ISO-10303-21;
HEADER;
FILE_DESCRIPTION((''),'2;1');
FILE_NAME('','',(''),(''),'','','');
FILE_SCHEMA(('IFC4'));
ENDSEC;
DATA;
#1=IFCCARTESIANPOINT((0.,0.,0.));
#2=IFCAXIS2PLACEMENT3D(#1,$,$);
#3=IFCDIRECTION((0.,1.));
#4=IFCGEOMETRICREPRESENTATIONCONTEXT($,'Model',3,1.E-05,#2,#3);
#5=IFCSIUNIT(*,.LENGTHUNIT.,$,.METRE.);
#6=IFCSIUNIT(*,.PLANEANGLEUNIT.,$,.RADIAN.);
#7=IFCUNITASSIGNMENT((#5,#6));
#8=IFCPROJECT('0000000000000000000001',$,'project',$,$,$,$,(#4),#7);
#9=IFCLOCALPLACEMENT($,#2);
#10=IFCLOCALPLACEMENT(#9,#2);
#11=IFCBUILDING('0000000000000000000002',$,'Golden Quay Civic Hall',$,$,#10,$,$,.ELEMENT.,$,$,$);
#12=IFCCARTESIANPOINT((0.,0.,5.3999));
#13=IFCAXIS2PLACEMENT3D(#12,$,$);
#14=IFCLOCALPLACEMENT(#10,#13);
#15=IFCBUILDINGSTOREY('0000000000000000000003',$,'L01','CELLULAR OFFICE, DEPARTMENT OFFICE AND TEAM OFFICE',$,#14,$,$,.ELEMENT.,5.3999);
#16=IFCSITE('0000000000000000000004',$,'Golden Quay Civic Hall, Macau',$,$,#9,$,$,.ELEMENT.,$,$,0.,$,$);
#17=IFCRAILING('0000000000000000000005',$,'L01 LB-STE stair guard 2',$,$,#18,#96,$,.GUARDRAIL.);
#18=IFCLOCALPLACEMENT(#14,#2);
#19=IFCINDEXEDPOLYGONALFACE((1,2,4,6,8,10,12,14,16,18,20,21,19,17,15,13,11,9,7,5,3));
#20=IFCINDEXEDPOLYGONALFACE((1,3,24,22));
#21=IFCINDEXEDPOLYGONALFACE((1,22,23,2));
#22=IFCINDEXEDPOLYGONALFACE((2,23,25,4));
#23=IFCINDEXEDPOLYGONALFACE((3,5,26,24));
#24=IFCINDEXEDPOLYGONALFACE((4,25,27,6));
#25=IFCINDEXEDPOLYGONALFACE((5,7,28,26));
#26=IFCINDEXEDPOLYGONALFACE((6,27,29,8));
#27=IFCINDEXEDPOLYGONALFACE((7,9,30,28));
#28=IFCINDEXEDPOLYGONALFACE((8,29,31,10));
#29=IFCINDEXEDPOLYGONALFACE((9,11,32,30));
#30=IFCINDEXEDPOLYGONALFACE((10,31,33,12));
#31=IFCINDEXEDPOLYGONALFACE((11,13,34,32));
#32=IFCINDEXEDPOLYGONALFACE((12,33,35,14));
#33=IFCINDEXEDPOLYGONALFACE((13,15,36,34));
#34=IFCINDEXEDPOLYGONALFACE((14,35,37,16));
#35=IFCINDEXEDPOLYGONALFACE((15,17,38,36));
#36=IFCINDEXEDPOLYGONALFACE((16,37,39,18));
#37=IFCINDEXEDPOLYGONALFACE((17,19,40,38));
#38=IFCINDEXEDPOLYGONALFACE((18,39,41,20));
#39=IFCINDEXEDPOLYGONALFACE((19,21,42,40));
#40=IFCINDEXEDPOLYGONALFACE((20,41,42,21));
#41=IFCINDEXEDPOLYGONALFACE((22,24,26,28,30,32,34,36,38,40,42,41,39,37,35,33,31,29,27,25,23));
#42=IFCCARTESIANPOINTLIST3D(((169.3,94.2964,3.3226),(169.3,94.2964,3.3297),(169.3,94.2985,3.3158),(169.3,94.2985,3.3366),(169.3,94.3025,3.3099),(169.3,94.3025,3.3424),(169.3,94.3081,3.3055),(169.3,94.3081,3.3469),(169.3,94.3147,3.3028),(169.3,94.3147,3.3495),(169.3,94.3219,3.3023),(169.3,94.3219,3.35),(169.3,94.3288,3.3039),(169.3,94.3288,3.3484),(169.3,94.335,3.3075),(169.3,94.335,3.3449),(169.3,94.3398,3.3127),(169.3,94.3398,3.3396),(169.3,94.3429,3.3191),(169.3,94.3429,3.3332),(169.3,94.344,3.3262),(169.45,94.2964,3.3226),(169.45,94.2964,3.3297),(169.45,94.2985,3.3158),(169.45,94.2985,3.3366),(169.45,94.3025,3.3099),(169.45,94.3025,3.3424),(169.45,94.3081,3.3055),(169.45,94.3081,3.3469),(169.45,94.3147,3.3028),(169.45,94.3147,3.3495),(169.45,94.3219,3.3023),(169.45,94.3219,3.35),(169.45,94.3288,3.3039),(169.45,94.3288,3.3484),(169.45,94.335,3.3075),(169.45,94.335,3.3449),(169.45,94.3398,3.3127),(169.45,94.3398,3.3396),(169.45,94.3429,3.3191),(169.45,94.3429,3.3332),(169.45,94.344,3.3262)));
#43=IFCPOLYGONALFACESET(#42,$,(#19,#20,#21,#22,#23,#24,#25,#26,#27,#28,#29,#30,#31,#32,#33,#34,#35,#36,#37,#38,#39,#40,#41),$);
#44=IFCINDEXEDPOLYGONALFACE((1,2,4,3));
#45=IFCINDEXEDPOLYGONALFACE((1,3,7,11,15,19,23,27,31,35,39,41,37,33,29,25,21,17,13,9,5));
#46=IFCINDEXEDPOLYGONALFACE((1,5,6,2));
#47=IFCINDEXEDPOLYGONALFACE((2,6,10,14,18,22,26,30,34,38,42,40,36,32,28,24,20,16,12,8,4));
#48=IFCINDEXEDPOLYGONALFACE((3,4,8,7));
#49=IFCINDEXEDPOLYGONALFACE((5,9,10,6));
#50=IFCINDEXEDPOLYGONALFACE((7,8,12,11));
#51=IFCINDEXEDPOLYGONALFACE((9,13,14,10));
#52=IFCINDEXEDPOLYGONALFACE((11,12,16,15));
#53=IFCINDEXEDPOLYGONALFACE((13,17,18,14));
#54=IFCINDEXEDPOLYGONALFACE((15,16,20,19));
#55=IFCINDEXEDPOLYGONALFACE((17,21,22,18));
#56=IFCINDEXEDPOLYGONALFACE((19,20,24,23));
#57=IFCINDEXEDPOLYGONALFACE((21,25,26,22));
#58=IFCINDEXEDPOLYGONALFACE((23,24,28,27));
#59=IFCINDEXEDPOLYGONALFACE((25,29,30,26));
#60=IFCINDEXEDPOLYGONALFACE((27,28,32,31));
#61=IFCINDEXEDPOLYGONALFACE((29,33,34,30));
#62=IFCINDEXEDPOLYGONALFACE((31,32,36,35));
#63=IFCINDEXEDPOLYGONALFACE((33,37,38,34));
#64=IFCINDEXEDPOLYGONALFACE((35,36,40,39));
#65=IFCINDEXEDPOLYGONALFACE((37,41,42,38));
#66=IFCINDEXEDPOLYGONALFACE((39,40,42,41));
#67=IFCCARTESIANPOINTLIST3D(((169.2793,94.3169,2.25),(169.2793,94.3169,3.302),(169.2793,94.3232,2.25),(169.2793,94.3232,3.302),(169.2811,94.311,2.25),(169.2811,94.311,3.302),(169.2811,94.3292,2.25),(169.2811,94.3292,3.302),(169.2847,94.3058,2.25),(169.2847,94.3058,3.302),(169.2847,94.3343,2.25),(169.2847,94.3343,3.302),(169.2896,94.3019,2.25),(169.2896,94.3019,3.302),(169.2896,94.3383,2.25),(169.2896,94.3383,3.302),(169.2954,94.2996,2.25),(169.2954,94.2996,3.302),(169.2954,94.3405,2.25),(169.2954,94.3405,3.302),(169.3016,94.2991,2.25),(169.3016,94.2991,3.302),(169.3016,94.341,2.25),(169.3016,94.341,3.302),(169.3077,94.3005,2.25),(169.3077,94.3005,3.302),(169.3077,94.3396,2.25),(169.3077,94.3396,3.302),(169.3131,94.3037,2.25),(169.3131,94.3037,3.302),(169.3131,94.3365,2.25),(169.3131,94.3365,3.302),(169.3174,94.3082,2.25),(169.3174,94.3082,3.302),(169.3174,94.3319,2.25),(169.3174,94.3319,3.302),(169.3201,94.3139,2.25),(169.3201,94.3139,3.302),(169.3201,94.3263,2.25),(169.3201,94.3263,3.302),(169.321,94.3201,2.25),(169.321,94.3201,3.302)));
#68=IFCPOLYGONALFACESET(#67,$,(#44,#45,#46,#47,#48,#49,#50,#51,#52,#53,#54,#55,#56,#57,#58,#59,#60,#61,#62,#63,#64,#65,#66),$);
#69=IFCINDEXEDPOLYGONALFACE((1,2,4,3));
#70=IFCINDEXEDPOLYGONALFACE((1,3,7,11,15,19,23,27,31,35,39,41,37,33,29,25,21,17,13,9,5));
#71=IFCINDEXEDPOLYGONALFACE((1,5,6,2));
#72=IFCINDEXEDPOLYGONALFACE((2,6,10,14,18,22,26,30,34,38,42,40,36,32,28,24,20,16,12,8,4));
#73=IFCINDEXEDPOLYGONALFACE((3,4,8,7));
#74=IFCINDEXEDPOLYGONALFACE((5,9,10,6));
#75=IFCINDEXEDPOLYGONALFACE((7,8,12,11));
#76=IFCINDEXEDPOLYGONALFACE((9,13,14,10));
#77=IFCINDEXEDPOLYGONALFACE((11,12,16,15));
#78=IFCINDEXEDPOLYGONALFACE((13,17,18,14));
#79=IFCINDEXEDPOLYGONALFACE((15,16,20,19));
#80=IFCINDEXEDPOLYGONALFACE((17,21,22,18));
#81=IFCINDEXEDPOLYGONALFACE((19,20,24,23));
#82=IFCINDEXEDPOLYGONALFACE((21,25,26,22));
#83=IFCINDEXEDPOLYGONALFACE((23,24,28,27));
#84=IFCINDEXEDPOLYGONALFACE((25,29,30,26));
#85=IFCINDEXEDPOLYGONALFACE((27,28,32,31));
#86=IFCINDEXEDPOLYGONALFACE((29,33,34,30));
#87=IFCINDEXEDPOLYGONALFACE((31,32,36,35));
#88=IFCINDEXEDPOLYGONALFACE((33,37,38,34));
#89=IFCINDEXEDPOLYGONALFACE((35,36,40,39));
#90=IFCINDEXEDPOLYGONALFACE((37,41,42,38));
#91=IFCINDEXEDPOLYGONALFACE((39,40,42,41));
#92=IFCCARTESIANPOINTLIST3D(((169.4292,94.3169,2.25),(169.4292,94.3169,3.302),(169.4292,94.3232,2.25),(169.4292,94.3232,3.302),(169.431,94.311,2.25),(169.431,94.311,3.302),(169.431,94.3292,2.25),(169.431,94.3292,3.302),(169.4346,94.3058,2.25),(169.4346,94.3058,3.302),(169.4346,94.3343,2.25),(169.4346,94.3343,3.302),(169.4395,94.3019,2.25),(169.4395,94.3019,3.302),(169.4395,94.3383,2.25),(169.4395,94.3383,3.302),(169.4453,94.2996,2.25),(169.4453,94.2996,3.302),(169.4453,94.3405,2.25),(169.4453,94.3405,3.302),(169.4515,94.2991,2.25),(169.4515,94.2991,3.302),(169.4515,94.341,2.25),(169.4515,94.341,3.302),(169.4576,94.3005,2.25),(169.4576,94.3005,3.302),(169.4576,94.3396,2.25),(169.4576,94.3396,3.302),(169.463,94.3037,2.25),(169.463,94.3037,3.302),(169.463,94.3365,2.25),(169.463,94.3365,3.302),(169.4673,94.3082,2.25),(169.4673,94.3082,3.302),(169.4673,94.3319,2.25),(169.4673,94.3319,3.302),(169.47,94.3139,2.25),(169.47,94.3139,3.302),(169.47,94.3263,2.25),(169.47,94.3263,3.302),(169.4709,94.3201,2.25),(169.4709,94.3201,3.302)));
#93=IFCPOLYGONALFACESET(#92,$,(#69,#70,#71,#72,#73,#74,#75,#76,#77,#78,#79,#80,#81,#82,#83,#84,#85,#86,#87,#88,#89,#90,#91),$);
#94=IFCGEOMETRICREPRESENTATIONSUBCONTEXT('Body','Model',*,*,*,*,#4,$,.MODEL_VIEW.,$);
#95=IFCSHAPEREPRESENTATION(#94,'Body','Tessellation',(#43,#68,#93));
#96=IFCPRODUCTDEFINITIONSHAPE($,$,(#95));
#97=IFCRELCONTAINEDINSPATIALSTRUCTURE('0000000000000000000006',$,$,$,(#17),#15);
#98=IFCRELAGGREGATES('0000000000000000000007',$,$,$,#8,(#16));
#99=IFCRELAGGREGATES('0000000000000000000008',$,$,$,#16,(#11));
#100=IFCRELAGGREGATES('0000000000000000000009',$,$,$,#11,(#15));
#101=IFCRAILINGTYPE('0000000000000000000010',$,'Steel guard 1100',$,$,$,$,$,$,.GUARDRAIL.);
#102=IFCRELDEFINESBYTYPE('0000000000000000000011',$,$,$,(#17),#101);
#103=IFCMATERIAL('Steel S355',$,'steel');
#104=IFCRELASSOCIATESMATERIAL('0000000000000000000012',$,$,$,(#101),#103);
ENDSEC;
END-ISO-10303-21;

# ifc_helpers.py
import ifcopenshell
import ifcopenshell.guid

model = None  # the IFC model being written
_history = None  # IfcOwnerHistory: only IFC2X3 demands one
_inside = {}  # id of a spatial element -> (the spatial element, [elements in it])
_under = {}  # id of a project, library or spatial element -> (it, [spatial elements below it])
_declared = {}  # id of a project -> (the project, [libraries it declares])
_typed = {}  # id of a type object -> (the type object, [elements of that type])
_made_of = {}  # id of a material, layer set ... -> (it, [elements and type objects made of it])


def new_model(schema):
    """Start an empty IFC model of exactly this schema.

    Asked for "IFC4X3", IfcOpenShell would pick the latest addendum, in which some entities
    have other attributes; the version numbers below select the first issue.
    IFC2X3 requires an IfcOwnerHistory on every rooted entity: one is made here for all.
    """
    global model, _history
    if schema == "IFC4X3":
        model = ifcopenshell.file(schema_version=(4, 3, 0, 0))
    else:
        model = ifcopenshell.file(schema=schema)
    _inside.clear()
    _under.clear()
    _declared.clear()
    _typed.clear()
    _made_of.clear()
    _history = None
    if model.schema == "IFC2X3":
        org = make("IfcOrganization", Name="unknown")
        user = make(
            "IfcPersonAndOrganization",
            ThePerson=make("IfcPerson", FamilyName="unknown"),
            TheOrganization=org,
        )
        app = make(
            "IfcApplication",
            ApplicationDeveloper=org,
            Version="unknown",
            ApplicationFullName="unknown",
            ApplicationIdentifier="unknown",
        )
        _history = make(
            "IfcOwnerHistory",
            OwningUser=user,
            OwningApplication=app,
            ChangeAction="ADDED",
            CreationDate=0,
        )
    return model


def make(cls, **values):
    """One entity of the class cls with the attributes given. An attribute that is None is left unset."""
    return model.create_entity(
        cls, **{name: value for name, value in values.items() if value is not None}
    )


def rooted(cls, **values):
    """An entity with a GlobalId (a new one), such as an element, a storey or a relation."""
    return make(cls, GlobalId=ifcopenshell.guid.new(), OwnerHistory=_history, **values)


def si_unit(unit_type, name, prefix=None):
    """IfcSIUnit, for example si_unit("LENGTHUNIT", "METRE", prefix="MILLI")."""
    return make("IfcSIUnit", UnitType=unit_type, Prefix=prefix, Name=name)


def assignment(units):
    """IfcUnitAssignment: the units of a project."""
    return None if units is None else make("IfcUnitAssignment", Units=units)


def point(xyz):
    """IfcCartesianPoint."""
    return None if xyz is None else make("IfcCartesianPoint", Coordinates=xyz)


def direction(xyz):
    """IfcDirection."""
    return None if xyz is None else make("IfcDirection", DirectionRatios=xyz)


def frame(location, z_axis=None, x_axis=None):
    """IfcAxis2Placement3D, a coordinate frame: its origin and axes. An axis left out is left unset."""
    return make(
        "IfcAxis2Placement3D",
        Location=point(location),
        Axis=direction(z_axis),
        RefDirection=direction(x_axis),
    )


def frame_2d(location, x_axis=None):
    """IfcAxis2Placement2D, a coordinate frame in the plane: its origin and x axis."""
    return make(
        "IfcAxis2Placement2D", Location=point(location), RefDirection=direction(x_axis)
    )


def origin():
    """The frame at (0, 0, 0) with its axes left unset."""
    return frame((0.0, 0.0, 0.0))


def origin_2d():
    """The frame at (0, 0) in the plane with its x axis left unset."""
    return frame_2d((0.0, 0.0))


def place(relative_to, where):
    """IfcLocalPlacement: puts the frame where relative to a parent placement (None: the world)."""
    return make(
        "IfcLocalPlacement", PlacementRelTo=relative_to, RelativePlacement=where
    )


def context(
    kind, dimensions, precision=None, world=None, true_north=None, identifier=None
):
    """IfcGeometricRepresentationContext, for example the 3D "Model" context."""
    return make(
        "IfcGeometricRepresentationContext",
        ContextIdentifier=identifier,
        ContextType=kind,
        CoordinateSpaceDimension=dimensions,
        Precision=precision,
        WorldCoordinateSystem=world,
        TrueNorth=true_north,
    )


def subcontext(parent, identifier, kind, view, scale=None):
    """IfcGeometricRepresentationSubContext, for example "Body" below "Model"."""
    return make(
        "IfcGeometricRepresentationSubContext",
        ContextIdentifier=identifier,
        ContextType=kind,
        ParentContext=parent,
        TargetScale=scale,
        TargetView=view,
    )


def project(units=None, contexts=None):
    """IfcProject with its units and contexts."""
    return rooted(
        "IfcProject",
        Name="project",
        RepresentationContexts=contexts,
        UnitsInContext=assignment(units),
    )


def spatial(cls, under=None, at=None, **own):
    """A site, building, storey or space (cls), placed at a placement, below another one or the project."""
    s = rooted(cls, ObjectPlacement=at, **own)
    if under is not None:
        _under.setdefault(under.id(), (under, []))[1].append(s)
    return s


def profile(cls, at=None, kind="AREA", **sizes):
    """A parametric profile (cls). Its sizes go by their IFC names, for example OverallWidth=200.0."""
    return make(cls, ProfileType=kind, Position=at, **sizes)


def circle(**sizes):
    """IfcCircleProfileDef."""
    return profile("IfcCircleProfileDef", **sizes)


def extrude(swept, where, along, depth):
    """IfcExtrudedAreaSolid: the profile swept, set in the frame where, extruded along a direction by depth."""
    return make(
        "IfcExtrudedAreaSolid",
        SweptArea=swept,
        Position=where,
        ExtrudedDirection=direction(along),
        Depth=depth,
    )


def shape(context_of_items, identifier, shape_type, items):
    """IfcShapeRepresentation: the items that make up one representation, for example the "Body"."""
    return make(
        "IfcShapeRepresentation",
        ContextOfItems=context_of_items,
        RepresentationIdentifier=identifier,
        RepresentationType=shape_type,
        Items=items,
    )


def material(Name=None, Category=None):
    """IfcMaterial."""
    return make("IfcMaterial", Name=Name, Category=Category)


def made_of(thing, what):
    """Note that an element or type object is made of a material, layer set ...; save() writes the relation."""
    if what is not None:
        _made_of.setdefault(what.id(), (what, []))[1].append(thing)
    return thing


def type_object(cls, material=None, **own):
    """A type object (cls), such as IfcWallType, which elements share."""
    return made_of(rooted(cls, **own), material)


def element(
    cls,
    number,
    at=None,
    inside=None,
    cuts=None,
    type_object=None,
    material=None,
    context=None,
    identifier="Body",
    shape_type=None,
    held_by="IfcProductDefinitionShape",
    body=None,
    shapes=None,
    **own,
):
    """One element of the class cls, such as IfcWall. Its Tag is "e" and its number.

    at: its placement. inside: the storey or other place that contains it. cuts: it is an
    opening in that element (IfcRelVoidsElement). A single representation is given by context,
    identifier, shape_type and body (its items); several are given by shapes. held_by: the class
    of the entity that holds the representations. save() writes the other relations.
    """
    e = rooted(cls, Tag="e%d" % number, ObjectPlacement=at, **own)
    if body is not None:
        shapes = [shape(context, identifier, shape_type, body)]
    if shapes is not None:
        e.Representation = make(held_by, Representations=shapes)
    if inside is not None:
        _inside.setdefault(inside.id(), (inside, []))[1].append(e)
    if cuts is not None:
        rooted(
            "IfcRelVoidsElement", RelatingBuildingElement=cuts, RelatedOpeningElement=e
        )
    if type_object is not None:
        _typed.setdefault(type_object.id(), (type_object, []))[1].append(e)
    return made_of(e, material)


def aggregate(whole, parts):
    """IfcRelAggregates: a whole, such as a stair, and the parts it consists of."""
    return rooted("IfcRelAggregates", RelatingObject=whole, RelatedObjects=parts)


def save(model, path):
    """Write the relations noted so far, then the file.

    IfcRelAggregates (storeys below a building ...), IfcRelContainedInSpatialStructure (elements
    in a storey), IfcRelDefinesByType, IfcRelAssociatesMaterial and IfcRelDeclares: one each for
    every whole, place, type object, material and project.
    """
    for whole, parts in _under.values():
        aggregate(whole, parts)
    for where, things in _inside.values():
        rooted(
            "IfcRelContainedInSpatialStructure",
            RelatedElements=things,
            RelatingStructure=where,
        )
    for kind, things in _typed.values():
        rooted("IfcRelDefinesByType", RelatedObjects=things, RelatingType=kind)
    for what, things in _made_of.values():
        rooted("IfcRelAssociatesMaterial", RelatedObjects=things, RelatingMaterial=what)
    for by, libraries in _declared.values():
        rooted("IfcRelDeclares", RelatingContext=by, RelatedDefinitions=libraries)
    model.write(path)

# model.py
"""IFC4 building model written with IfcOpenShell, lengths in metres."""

from ifc_helpers import new_model, si_unit, direction, frame, origin, origin_2d, place, context, subcontext, project, spatial, circle, extrude, material, type_object, element, save


model = new_model("IFC4")

# Units and contexts
model_context = context("Model", 3, precision=1e-05, world=origin(), true_north=direction((0.0, 1.0)))
body_context = subcontext(model_context, "Body", "Model", "MODEL_VIEW")
ifc_project = project(units=[si_unit("LENGTHUNIT", "METRE"), si_unit("PLANEANGLEUNIT", "RADIAN")], contexts=[model_context])

# Site, building, storey
site_placement = place(None, origin())
site = spatial("IfcSite", under=ifc_project, at=site_placement, Name="Golden Quay Civic Hall, Macau", CompositionType="ELEMENT", RefElevation=0.0)
building_placement = place(site_placement, origin())
building = spatial("IfcBuilding", under=site, at=building_placement, Name="Golden Quay Civic Hall", CompositionType="ELEMENT")
storey_placement = place(building_placement, frame((0.0, 0.0, 5.3999)))
storey = spatial("IfcBuildingStorey", under=building, at=storey_placement, Name="L01", Description="CELLULAR OFFICE, DEPARTMENT OFFICE AND TEAM OFFICE", CompositionType="ELEMENT", Elevation=5.3999)

# Railing
ifc_material_1 = material(Name="Steel S355", Category="steel")
railing_type_1 = type_object("IfcRailingType", Name="Steel guard 1100", PredefinedType="GUARDRAIL", material=ifc_material_1)
railing_1_placement = place(storey_placement, frame((169.3, 94.3201, 2.25)))
element("IfcRailing", 1, at=railing_1_placement, inside=storey, type_object=railing_type_1, Name="L01 LB-STE stair guard 2", PredefinedType="GUARDRAIL", context=body_context, shape_type="SweptSolid", body=[
    extrude(circle(Radius=0.0239, at=origin_2d()), frame((0.0, 0.0, 1.0762), z_axis=(1.0, 0.0, 0.0), x_axis=(0.0, 1.0, 0.0)), (0.0, 0.0, 1.0), 0.1499),
    extrude(circle(Radius=0.021, at=origin_2d()), origin(), (0.0, 0.0, 1.0), 1.052),
    extrude(circle(Radius=0.021, at=origin_2d()), frame((0.1499, 0.0, 0.0)), (0.0, 0.0, 1.0), 1.052),
])

save(model, "model.ifc")
